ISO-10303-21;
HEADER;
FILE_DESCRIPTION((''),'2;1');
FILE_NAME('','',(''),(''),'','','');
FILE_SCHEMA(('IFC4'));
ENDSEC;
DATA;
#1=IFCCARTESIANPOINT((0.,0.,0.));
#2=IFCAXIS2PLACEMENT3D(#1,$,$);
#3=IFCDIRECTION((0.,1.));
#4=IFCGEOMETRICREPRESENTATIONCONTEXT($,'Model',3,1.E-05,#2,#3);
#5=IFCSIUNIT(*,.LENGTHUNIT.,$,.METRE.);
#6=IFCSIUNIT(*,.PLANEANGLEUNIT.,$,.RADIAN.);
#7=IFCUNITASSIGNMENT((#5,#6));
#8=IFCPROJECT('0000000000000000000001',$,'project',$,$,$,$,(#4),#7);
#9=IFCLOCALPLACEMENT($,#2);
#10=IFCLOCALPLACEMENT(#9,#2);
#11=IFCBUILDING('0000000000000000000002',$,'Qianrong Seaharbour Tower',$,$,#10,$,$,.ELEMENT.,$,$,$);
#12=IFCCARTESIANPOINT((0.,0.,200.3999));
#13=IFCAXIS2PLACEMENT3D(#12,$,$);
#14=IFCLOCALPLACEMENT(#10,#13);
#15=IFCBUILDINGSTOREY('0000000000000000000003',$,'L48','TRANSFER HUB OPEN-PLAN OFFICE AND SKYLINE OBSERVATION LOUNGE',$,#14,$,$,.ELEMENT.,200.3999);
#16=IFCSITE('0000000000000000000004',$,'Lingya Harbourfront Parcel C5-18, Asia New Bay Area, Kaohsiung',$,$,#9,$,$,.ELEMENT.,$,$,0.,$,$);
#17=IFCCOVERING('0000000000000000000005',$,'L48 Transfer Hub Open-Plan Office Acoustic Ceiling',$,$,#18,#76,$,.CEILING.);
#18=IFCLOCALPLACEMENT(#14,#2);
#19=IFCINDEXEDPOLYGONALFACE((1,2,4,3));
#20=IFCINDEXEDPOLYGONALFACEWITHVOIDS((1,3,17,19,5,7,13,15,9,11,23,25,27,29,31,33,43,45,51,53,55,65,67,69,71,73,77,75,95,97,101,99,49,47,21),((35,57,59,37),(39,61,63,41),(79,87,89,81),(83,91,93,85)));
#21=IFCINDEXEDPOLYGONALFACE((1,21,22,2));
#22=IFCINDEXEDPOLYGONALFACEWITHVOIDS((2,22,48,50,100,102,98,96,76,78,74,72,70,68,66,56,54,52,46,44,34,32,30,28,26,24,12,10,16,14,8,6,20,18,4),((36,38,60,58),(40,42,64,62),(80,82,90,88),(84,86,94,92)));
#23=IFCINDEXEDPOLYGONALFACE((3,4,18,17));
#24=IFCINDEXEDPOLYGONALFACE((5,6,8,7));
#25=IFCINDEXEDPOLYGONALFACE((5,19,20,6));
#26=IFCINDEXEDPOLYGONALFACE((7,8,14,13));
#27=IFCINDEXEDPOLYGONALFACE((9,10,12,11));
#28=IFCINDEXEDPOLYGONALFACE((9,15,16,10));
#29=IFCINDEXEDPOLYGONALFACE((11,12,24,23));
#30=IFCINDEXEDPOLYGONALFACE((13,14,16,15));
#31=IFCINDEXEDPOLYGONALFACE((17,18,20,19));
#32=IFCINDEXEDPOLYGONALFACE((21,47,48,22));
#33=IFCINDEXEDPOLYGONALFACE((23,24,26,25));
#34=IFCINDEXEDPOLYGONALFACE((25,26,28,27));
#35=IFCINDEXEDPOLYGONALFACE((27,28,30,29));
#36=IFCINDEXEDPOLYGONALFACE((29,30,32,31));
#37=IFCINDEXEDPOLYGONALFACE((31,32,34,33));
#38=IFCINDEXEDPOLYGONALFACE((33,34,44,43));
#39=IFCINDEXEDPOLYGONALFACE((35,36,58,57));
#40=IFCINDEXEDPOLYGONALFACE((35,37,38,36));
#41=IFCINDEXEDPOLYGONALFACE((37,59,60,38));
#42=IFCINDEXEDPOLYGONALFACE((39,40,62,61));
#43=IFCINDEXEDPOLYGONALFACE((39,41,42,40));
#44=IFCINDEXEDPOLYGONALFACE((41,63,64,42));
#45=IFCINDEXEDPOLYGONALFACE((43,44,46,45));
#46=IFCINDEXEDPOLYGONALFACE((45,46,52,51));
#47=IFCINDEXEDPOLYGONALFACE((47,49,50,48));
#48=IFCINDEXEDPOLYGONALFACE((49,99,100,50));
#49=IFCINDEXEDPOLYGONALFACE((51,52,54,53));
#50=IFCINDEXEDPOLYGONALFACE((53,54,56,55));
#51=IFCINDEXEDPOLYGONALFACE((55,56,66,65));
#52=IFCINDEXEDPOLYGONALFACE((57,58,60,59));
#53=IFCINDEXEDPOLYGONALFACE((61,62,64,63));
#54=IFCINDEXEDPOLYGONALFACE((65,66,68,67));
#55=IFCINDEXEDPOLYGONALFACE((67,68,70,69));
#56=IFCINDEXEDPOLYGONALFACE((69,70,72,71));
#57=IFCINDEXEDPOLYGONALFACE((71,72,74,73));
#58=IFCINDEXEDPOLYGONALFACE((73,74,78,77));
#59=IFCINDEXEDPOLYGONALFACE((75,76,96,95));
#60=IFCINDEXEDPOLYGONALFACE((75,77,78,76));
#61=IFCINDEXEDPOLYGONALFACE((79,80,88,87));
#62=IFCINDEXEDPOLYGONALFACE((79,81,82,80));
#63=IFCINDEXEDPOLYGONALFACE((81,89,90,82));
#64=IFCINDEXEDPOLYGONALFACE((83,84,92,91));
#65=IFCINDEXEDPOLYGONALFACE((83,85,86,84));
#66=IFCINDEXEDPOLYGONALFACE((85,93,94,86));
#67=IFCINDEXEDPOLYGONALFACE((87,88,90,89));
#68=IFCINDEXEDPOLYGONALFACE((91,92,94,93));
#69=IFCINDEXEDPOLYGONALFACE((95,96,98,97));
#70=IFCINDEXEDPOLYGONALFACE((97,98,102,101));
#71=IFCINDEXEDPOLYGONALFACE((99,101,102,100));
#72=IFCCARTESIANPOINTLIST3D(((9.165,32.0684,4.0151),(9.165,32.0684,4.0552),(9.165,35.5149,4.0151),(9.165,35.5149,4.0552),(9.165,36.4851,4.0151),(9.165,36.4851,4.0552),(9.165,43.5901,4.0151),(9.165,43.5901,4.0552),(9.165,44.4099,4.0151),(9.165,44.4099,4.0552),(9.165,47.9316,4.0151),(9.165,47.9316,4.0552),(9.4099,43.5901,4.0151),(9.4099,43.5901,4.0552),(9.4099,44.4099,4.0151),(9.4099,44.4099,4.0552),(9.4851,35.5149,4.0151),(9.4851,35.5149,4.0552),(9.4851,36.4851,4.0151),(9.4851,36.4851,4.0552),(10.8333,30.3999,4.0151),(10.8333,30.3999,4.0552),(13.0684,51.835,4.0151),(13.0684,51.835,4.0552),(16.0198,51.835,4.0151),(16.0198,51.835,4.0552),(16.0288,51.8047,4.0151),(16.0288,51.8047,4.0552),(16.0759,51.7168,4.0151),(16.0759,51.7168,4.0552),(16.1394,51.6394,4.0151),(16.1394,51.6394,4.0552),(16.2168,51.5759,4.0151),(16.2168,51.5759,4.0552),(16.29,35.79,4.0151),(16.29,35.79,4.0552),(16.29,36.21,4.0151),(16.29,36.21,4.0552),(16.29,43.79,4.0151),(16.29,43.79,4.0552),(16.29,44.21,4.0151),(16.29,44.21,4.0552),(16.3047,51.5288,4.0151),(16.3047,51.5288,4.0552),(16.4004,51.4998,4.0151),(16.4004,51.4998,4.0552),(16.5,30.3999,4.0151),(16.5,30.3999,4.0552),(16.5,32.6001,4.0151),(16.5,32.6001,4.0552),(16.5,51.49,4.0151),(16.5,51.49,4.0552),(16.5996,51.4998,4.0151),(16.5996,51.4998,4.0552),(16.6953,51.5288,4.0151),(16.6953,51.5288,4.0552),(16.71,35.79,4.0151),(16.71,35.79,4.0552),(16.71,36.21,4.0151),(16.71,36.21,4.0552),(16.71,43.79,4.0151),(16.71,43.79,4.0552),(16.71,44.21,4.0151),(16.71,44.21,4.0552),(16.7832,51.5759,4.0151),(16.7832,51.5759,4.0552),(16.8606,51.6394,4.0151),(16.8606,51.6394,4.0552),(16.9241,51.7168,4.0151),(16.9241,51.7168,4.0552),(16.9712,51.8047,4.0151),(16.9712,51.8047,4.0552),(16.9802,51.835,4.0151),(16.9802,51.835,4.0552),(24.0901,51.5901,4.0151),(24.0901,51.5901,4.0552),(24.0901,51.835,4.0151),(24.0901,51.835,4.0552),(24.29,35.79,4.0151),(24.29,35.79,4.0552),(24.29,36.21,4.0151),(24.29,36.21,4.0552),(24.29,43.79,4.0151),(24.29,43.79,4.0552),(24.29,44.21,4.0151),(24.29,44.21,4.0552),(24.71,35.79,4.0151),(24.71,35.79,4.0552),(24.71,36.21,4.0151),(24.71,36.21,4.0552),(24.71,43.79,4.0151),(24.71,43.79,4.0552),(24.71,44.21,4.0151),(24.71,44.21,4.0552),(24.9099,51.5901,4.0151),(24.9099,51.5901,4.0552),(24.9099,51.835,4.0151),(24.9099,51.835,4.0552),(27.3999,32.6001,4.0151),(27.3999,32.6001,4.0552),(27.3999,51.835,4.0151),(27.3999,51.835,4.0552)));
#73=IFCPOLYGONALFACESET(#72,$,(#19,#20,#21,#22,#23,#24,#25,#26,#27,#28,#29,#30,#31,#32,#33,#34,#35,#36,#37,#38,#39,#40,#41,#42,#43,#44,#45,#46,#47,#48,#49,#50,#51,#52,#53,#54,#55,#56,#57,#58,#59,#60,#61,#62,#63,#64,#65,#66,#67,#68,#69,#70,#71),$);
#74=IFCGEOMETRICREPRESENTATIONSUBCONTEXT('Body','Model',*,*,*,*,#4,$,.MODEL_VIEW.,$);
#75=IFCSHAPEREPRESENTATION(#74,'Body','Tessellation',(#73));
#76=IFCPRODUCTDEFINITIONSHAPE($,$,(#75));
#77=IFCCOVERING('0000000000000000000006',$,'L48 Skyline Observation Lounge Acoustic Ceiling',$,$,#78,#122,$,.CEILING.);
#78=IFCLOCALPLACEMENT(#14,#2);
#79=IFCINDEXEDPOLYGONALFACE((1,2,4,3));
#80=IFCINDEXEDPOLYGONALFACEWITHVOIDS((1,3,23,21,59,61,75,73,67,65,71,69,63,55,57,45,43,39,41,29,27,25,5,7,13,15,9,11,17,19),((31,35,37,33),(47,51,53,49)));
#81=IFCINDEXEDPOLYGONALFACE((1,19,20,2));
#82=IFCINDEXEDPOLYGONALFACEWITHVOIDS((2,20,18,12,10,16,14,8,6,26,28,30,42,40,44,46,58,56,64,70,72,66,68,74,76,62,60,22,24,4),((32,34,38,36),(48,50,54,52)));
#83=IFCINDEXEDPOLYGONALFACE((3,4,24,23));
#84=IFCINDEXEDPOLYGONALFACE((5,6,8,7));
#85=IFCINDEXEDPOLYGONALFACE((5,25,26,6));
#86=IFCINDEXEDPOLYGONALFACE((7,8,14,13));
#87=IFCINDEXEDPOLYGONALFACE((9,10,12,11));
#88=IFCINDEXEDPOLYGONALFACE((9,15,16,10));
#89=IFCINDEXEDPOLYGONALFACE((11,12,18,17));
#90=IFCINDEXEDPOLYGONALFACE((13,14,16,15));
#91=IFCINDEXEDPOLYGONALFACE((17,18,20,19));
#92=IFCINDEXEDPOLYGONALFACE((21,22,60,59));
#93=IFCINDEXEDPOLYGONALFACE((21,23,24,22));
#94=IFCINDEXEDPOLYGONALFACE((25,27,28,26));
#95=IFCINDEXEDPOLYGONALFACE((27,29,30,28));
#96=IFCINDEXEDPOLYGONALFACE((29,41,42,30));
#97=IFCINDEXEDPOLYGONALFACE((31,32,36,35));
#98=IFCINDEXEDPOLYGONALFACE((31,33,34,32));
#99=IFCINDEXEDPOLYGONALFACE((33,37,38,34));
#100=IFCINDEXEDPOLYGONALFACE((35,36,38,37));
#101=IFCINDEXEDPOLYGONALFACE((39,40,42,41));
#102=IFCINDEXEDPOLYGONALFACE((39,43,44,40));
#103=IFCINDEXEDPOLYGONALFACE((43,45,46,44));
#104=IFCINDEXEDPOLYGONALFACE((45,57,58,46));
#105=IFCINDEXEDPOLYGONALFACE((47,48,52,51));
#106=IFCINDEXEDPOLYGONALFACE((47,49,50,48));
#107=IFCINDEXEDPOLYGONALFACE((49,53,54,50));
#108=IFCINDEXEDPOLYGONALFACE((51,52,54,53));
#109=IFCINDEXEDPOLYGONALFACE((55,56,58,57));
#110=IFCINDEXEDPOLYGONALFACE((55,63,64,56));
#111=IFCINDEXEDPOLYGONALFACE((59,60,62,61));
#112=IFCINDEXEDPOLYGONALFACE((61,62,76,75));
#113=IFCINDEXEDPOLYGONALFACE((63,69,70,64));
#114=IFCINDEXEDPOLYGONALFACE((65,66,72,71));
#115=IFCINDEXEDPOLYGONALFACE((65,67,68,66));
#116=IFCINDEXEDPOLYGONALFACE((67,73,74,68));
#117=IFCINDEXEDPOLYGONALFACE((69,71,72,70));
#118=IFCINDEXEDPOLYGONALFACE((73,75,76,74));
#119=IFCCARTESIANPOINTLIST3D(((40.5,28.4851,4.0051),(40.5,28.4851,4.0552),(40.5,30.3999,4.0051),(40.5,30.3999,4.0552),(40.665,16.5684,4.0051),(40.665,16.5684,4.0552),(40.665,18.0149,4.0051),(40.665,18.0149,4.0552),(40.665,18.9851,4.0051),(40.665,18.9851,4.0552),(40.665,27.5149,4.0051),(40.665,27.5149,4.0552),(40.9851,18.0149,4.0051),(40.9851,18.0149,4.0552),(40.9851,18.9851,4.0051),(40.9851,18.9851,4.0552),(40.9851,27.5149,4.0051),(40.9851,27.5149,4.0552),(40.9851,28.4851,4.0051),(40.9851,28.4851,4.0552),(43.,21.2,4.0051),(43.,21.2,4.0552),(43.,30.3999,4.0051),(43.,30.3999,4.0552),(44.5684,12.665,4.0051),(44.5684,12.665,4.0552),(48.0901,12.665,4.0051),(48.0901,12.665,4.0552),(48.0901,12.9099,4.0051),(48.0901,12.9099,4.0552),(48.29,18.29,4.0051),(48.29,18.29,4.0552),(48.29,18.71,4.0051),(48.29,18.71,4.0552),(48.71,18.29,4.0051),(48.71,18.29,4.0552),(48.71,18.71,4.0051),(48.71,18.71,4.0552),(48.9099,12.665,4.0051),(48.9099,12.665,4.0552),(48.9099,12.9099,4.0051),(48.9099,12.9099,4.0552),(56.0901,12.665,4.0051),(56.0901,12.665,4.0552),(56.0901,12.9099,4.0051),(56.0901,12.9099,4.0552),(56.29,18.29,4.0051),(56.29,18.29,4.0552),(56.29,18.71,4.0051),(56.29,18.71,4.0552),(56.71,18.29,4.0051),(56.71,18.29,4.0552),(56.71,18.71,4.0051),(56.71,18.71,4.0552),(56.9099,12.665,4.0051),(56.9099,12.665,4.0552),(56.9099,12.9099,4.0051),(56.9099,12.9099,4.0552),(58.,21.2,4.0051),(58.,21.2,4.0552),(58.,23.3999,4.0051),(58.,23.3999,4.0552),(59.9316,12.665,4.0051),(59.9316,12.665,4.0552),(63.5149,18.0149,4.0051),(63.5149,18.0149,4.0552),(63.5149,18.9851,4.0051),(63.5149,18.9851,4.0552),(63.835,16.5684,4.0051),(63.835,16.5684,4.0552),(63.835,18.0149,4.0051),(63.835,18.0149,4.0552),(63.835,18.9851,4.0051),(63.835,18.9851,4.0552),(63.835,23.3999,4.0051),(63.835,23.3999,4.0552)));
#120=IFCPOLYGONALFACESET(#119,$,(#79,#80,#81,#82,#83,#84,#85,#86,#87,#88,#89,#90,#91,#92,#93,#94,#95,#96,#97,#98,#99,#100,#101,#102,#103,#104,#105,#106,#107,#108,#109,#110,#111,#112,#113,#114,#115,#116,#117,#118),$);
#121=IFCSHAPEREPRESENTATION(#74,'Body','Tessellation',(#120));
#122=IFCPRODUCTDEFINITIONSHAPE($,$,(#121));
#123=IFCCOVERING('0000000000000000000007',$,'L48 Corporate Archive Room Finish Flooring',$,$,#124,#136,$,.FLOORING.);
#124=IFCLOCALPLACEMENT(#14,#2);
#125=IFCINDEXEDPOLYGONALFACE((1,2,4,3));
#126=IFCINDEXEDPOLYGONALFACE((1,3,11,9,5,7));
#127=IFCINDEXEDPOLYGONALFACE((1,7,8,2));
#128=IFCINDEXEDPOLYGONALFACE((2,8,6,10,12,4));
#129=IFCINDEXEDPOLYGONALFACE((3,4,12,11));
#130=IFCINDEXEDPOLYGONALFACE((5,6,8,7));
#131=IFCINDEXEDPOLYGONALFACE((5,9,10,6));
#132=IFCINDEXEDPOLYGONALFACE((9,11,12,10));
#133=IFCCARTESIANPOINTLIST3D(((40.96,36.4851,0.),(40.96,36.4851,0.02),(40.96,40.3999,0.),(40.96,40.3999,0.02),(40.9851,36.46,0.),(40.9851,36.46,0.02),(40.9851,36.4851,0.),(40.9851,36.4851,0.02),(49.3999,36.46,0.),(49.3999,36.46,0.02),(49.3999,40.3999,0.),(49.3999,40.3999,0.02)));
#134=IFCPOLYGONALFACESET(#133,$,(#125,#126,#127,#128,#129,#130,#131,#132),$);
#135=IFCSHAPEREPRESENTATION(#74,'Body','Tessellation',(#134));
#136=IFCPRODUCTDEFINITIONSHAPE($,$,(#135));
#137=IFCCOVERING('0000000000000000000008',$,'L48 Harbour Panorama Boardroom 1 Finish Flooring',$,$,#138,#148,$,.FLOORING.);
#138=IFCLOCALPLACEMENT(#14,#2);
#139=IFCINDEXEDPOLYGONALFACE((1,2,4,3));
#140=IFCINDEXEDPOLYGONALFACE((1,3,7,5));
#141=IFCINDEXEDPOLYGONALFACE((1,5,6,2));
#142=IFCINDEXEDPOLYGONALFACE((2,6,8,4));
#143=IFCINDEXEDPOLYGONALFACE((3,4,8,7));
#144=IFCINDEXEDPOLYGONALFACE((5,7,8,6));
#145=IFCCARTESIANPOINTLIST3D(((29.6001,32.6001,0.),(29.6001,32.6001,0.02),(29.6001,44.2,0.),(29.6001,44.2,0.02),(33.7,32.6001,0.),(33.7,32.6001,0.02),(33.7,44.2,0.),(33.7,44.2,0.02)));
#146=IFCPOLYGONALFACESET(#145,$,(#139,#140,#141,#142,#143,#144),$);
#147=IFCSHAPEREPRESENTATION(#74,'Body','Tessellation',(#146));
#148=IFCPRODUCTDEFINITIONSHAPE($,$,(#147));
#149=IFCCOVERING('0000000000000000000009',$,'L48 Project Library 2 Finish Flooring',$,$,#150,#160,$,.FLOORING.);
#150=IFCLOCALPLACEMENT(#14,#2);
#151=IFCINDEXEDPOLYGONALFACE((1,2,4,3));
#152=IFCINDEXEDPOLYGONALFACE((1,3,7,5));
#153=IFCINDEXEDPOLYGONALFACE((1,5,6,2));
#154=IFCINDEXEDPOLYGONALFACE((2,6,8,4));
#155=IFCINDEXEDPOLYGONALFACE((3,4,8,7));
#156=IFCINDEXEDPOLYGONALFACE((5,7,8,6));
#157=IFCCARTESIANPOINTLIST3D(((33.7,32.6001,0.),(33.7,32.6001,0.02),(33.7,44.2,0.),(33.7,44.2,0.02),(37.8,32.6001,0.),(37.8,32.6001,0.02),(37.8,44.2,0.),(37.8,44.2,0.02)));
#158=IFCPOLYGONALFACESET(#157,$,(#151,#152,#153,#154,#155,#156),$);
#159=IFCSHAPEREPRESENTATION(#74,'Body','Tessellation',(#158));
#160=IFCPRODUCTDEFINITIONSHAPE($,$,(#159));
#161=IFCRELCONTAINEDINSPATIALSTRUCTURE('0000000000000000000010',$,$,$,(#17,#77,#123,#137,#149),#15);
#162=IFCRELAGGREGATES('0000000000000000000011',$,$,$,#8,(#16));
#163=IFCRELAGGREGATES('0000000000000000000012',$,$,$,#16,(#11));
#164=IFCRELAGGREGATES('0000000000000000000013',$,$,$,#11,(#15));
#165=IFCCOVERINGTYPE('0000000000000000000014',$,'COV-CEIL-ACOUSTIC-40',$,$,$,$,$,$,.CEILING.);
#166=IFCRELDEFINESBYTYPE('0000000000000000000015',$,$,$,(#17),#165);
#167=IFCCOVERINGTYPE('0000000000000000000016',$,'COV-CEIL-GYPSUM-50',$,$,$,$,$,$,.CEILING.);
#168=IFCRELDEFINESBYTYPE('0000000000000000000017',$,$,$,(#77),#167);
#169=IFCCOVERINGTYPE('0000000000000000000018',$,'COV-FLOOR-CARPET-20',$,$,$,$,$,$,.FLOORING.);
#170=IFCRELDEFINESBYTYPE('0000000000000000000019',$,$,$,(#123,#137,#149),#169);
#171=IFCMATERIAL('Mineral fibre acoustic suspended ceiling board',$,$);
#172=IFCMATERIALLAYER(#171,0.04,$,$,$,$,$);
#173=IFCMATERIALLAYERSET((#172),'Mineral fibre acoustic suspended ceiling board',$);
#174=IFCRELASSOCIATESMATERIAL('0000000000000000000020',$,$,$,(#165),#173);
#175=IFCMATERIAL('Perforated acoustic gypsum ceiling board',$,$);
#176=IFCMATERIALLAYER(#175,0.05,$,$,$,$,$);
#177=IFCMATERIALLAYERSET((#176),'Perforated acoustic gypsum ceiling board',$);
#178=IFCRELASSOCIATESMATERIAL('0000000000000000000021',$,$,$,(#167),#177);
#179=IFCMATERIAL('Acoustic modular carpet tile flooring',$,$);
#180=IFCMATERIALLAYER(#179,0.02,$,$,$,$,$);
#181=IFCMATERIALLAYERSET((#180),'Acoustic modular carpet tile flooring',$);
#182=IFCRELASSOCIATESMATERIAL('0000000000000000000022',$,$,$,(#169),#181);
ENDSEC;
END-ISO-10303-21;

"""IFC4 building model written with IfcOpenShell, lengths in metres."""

from ifc_helpers import new_model, si_unit, direction, frame, origin, place, context, subcontext, project, spatial, polyline, outline, extrude, material, layer, layer_set, type_object, element, save


model = new_model("IFC4")

# Units and contexts
model_context = context("Model", 3, precision=1e-05, world=origin(), true_north=direction((0.0, 1.0)))
body_context = subcontext(model_context, "Body", "Model", "MODEL_VIEW")
ifc_project = project(units=[si_unit("LENGTHUNIT", "METRE"), si_unit("PLANEANGLEUNIT", "RADIAN")], contexts=[model_context])

# Site, building, storey
site_placement = place(None, origin())
site = spatial("IfcSite", under=ifc_project, at=site_placement, Name="Lingya Harbourfront Parcel C5-18, Asia New Bay Area, Kaohsiung", CompositionType="ELEMENT", RefElevation=0.0)
building_placement = place(site_placement, origin())
building = spatial("IfcBuilding", under=site, at=building_placement, Name="Qianrong Seaharbour Tower", CompositionType="ELEMENT")
storey_placement = place(building_placement, frame((0.0, 0.0, 200.3999)))
storey = spatial("IfcBuildingStorey", under=building, at=storey_placement, Name="L48", Description="TRANSFER HUB OPEN-PLAN OFFICE AND SKYLINE OBSERVATION LOUNGE", CompositionType="ELEMENT", Elevation=200.3999)

# Coverings
ifc_material_1 = material(Name="Mineral fibre acoustic suspended ceiling board")
ifc_layer_1 = layer(ifc_material_1, 0.04)
ifc_layer_set_1 = layer_set([ifc_layer_1], Name="Mineral fibre acoustic suspended ceiling board")
covering_type_1 = type_object("IfcCoveringType", Name="COV-CEIL-ACOUSTIC-40", PredefinedType="CEILING", material=ifc_layer_set_1)
covering_1_placement = place(storey_placement, frame((0.0, 0.0, 4.0151)))
element("IfcCovering", 1, at=covering_1_placement, inside=storey, type_object=covering_type_1, Name="L48 Transfer Hub Open-Plan Office Acoustic Ceiling", PredefinedType="CEILING", context=body_context, shape_type="SweptSolid", body=[
    extrude(outline(polyline([(9.165, 32.0684), (9.165, 35.5149), (9.4851, 35.5149), (9.4851, 36.4851), (9.165, 36.4851), (9.165, 43.5901), (9.4099, 43.5901), (9.4099, 44.4099), (9.165, 44.4099), (9.165, 47.9316), (13.0684, 51.835), (16.0198, 51.835), (16.0288, 51.8047), (16.0759, 51.7168), (16.1394, 51.6394), (16.2168, 51.5759), (16.3047, 51.5288), (16.4004, 51.4998), (16.5, 51.49), (16.5996, 51.4998), (16.6953, 51.5288), (16.7832, 51.5759), (16.8606, 51.6394), (16.9241, 51.7168), (16.9712, 51.8047), (16.9802, 51.835), (24.0901, 51.835), (24.0901, 51.5901), (24.9099, 51.5901), (24.9099, 51.835), (27.3999, 51.835), (27.3999, 32.6001), (16.5, 32.6001), (16.5, 30.3999), (10.8333, 30.3999), (9.165, 32.0684)]), holes=[polyline([(24.71, 35.79), (24.71, 36.21), (24.29, 36.21), (24.29, 35.79), (24.71, 35.79)]), polyline([(24.71, 43.79), (24.71, 44.21), (24.29, 44.21), (24.29, 43.79), (24.71, 43.79)]), polyline([(16.71, 35.79), (16.71, 36.21), (16.29, 36.21), (16.29, 35.79), (16.71, 35.79)]), polyline([(16.71, 43.79), (16.71, 44.21), (16.29, 44.21), (16.29, 43.79), (16.71, 43.79)])]), origin(), (0.0, 0.0, 1.0), 0.04),
])
ifc_material_2 = material(Name="Perforated acoustic gypsum ceiling board")
ifc_layer_2 = layer(ifc_material_2, 0.05)
ifc_layer_set_2 = layer_set([ifc_layer_2], Name="Perforated acoustic gypsum ceiling board")
covering_type_2 = type_object("IfcCoveringType", Name="COV-CEIL-GYPSUM-50", PredefinedType="CEILING", material=ifc_layer_set_2)
covering_2_placement = place(storey_placement, frame((0.0, 0.0, 4.0051)))
element("IfcCovering", 2, at=covering_2_placement, inside=storey, type_object=covering_type_2, Name="L48 Skyline Observation Lounge Acoustic Ceiling", PredefinedType="CEILING", context=body_context, shape_type="SweptSolid", body=[
    extrude(outline(polyline([(43.0, 21.2), (58.0, 21.2), (58.0, 23.3999), (63.835, 23.3999), (63.835, 18.9851), (63.5149, 18.9851), (63.5149, 18.0149), (63.835, 18.0149), (63.835, 16.5684), (59.9316, 12.665), (56.9099, 12.665), (56.9099, 12.9099), (56.0901, 12.9099), (56.0901, 12.665), (48.9099, 12.665), (48.9099, 12.9099), (48.0901, 12.9099), (48.0901, 12.665), (44.5684, 12.665), (40.665, 16.5684), (40.665, 18.0149), (40.9851, 18.0149), (40.9851, 18.9851), (40.665, 18.9851), (40.665, 27.5149), (40.9851, 27.5149), (40.9851, 28.4851), (40.5, 28.4851), (40.5, 30.3999), (43.0, 30.3999), (43.0, 21.2)]), holes=[polyline([(56.71, 18.29), (56.71, 18.71), (56.29, 18.71), (56.29, 18.29), (56.71, 18.29)]), polyline([(48.71, 18.29), (48.71, 18.71), (48.29, 18.71), (48.29, 18.29), (48.71, 18.29)])]), origin(), (0.0, 0.0, 1.0), 0.05),
])
ifc_material_3 = material(Name="Acoustic modular carpet tile flooring")
ifc_layer_3 = layer(ifc_material_3, 0.02)
ifc_layer_set_3 = layer_set([ifc_layer_3], Name="Acoustic modular carpet tile flooring")
covering_type_3 = type_object("IfcCoveringType", Name="COV-FLOOR-CARPET-20", PredefinedType="FLOORING", material=ifc_layer_set_3)
covering_3_placement = place(storey_placement, origin())
element("IfcCovering", 3, at=covering_3_placement, inside=storey, type_object=covering_type_3, Name="L48 Corporate Archive Room Finish Flooring", PredefinedType="FLOORING", context=body_context, shape_type="SweptSolid", body=[
    extrude(outline(polyline([(49.3999, 40.3999), (49.3999, 36.46), (40.9851, 36.46), (40.9851, 36.4851), (40.96, 36.4851), (40.96, 40.3999), (49.3999, 40.3999)])), origin(), (0.0, 0.0, 1.0), 0.02),
])
covering_4_placement = place(storey_placement, origin())
element("IfcCovering", 4, at=covering_4_placement, inside=storey, type_object=covering_type_3, Name="L48 Harbour Panorama Boardroom 1 Finish Flooring", PredefinedType="FLOORING", context=body_context, shape_type="SweptSolid", body=[
    extrude(outline(polyline([(29.6001, 44.2), (33.7, 44.2), (33.7, 32.6001), (29.6001, 32.6001), (29.6001, 44.2)])), origin(), (0.0, 0.0, 1.0), 0.02),
])
covering_5_placement = place(storey_placement, origin())
element("IfcCovering", 5, at=covering_5_placement, inside=storey, type_object=covering_type_3, Name="L48 Project Library 2 Finish Flooring", PredefinedType="FLOORING", context=body_context, shape_type="SweptSolid", body=[
    extrude(outline(polyline([(33.7, 44.2), (37.8, 44.2), (37.8, 32.6001), (33.7, 32.6001), (33.7, 44.2)])), origin(), (0.0, 0.0, 1.0), 0.02),
])

save(model, "model.ifc")
